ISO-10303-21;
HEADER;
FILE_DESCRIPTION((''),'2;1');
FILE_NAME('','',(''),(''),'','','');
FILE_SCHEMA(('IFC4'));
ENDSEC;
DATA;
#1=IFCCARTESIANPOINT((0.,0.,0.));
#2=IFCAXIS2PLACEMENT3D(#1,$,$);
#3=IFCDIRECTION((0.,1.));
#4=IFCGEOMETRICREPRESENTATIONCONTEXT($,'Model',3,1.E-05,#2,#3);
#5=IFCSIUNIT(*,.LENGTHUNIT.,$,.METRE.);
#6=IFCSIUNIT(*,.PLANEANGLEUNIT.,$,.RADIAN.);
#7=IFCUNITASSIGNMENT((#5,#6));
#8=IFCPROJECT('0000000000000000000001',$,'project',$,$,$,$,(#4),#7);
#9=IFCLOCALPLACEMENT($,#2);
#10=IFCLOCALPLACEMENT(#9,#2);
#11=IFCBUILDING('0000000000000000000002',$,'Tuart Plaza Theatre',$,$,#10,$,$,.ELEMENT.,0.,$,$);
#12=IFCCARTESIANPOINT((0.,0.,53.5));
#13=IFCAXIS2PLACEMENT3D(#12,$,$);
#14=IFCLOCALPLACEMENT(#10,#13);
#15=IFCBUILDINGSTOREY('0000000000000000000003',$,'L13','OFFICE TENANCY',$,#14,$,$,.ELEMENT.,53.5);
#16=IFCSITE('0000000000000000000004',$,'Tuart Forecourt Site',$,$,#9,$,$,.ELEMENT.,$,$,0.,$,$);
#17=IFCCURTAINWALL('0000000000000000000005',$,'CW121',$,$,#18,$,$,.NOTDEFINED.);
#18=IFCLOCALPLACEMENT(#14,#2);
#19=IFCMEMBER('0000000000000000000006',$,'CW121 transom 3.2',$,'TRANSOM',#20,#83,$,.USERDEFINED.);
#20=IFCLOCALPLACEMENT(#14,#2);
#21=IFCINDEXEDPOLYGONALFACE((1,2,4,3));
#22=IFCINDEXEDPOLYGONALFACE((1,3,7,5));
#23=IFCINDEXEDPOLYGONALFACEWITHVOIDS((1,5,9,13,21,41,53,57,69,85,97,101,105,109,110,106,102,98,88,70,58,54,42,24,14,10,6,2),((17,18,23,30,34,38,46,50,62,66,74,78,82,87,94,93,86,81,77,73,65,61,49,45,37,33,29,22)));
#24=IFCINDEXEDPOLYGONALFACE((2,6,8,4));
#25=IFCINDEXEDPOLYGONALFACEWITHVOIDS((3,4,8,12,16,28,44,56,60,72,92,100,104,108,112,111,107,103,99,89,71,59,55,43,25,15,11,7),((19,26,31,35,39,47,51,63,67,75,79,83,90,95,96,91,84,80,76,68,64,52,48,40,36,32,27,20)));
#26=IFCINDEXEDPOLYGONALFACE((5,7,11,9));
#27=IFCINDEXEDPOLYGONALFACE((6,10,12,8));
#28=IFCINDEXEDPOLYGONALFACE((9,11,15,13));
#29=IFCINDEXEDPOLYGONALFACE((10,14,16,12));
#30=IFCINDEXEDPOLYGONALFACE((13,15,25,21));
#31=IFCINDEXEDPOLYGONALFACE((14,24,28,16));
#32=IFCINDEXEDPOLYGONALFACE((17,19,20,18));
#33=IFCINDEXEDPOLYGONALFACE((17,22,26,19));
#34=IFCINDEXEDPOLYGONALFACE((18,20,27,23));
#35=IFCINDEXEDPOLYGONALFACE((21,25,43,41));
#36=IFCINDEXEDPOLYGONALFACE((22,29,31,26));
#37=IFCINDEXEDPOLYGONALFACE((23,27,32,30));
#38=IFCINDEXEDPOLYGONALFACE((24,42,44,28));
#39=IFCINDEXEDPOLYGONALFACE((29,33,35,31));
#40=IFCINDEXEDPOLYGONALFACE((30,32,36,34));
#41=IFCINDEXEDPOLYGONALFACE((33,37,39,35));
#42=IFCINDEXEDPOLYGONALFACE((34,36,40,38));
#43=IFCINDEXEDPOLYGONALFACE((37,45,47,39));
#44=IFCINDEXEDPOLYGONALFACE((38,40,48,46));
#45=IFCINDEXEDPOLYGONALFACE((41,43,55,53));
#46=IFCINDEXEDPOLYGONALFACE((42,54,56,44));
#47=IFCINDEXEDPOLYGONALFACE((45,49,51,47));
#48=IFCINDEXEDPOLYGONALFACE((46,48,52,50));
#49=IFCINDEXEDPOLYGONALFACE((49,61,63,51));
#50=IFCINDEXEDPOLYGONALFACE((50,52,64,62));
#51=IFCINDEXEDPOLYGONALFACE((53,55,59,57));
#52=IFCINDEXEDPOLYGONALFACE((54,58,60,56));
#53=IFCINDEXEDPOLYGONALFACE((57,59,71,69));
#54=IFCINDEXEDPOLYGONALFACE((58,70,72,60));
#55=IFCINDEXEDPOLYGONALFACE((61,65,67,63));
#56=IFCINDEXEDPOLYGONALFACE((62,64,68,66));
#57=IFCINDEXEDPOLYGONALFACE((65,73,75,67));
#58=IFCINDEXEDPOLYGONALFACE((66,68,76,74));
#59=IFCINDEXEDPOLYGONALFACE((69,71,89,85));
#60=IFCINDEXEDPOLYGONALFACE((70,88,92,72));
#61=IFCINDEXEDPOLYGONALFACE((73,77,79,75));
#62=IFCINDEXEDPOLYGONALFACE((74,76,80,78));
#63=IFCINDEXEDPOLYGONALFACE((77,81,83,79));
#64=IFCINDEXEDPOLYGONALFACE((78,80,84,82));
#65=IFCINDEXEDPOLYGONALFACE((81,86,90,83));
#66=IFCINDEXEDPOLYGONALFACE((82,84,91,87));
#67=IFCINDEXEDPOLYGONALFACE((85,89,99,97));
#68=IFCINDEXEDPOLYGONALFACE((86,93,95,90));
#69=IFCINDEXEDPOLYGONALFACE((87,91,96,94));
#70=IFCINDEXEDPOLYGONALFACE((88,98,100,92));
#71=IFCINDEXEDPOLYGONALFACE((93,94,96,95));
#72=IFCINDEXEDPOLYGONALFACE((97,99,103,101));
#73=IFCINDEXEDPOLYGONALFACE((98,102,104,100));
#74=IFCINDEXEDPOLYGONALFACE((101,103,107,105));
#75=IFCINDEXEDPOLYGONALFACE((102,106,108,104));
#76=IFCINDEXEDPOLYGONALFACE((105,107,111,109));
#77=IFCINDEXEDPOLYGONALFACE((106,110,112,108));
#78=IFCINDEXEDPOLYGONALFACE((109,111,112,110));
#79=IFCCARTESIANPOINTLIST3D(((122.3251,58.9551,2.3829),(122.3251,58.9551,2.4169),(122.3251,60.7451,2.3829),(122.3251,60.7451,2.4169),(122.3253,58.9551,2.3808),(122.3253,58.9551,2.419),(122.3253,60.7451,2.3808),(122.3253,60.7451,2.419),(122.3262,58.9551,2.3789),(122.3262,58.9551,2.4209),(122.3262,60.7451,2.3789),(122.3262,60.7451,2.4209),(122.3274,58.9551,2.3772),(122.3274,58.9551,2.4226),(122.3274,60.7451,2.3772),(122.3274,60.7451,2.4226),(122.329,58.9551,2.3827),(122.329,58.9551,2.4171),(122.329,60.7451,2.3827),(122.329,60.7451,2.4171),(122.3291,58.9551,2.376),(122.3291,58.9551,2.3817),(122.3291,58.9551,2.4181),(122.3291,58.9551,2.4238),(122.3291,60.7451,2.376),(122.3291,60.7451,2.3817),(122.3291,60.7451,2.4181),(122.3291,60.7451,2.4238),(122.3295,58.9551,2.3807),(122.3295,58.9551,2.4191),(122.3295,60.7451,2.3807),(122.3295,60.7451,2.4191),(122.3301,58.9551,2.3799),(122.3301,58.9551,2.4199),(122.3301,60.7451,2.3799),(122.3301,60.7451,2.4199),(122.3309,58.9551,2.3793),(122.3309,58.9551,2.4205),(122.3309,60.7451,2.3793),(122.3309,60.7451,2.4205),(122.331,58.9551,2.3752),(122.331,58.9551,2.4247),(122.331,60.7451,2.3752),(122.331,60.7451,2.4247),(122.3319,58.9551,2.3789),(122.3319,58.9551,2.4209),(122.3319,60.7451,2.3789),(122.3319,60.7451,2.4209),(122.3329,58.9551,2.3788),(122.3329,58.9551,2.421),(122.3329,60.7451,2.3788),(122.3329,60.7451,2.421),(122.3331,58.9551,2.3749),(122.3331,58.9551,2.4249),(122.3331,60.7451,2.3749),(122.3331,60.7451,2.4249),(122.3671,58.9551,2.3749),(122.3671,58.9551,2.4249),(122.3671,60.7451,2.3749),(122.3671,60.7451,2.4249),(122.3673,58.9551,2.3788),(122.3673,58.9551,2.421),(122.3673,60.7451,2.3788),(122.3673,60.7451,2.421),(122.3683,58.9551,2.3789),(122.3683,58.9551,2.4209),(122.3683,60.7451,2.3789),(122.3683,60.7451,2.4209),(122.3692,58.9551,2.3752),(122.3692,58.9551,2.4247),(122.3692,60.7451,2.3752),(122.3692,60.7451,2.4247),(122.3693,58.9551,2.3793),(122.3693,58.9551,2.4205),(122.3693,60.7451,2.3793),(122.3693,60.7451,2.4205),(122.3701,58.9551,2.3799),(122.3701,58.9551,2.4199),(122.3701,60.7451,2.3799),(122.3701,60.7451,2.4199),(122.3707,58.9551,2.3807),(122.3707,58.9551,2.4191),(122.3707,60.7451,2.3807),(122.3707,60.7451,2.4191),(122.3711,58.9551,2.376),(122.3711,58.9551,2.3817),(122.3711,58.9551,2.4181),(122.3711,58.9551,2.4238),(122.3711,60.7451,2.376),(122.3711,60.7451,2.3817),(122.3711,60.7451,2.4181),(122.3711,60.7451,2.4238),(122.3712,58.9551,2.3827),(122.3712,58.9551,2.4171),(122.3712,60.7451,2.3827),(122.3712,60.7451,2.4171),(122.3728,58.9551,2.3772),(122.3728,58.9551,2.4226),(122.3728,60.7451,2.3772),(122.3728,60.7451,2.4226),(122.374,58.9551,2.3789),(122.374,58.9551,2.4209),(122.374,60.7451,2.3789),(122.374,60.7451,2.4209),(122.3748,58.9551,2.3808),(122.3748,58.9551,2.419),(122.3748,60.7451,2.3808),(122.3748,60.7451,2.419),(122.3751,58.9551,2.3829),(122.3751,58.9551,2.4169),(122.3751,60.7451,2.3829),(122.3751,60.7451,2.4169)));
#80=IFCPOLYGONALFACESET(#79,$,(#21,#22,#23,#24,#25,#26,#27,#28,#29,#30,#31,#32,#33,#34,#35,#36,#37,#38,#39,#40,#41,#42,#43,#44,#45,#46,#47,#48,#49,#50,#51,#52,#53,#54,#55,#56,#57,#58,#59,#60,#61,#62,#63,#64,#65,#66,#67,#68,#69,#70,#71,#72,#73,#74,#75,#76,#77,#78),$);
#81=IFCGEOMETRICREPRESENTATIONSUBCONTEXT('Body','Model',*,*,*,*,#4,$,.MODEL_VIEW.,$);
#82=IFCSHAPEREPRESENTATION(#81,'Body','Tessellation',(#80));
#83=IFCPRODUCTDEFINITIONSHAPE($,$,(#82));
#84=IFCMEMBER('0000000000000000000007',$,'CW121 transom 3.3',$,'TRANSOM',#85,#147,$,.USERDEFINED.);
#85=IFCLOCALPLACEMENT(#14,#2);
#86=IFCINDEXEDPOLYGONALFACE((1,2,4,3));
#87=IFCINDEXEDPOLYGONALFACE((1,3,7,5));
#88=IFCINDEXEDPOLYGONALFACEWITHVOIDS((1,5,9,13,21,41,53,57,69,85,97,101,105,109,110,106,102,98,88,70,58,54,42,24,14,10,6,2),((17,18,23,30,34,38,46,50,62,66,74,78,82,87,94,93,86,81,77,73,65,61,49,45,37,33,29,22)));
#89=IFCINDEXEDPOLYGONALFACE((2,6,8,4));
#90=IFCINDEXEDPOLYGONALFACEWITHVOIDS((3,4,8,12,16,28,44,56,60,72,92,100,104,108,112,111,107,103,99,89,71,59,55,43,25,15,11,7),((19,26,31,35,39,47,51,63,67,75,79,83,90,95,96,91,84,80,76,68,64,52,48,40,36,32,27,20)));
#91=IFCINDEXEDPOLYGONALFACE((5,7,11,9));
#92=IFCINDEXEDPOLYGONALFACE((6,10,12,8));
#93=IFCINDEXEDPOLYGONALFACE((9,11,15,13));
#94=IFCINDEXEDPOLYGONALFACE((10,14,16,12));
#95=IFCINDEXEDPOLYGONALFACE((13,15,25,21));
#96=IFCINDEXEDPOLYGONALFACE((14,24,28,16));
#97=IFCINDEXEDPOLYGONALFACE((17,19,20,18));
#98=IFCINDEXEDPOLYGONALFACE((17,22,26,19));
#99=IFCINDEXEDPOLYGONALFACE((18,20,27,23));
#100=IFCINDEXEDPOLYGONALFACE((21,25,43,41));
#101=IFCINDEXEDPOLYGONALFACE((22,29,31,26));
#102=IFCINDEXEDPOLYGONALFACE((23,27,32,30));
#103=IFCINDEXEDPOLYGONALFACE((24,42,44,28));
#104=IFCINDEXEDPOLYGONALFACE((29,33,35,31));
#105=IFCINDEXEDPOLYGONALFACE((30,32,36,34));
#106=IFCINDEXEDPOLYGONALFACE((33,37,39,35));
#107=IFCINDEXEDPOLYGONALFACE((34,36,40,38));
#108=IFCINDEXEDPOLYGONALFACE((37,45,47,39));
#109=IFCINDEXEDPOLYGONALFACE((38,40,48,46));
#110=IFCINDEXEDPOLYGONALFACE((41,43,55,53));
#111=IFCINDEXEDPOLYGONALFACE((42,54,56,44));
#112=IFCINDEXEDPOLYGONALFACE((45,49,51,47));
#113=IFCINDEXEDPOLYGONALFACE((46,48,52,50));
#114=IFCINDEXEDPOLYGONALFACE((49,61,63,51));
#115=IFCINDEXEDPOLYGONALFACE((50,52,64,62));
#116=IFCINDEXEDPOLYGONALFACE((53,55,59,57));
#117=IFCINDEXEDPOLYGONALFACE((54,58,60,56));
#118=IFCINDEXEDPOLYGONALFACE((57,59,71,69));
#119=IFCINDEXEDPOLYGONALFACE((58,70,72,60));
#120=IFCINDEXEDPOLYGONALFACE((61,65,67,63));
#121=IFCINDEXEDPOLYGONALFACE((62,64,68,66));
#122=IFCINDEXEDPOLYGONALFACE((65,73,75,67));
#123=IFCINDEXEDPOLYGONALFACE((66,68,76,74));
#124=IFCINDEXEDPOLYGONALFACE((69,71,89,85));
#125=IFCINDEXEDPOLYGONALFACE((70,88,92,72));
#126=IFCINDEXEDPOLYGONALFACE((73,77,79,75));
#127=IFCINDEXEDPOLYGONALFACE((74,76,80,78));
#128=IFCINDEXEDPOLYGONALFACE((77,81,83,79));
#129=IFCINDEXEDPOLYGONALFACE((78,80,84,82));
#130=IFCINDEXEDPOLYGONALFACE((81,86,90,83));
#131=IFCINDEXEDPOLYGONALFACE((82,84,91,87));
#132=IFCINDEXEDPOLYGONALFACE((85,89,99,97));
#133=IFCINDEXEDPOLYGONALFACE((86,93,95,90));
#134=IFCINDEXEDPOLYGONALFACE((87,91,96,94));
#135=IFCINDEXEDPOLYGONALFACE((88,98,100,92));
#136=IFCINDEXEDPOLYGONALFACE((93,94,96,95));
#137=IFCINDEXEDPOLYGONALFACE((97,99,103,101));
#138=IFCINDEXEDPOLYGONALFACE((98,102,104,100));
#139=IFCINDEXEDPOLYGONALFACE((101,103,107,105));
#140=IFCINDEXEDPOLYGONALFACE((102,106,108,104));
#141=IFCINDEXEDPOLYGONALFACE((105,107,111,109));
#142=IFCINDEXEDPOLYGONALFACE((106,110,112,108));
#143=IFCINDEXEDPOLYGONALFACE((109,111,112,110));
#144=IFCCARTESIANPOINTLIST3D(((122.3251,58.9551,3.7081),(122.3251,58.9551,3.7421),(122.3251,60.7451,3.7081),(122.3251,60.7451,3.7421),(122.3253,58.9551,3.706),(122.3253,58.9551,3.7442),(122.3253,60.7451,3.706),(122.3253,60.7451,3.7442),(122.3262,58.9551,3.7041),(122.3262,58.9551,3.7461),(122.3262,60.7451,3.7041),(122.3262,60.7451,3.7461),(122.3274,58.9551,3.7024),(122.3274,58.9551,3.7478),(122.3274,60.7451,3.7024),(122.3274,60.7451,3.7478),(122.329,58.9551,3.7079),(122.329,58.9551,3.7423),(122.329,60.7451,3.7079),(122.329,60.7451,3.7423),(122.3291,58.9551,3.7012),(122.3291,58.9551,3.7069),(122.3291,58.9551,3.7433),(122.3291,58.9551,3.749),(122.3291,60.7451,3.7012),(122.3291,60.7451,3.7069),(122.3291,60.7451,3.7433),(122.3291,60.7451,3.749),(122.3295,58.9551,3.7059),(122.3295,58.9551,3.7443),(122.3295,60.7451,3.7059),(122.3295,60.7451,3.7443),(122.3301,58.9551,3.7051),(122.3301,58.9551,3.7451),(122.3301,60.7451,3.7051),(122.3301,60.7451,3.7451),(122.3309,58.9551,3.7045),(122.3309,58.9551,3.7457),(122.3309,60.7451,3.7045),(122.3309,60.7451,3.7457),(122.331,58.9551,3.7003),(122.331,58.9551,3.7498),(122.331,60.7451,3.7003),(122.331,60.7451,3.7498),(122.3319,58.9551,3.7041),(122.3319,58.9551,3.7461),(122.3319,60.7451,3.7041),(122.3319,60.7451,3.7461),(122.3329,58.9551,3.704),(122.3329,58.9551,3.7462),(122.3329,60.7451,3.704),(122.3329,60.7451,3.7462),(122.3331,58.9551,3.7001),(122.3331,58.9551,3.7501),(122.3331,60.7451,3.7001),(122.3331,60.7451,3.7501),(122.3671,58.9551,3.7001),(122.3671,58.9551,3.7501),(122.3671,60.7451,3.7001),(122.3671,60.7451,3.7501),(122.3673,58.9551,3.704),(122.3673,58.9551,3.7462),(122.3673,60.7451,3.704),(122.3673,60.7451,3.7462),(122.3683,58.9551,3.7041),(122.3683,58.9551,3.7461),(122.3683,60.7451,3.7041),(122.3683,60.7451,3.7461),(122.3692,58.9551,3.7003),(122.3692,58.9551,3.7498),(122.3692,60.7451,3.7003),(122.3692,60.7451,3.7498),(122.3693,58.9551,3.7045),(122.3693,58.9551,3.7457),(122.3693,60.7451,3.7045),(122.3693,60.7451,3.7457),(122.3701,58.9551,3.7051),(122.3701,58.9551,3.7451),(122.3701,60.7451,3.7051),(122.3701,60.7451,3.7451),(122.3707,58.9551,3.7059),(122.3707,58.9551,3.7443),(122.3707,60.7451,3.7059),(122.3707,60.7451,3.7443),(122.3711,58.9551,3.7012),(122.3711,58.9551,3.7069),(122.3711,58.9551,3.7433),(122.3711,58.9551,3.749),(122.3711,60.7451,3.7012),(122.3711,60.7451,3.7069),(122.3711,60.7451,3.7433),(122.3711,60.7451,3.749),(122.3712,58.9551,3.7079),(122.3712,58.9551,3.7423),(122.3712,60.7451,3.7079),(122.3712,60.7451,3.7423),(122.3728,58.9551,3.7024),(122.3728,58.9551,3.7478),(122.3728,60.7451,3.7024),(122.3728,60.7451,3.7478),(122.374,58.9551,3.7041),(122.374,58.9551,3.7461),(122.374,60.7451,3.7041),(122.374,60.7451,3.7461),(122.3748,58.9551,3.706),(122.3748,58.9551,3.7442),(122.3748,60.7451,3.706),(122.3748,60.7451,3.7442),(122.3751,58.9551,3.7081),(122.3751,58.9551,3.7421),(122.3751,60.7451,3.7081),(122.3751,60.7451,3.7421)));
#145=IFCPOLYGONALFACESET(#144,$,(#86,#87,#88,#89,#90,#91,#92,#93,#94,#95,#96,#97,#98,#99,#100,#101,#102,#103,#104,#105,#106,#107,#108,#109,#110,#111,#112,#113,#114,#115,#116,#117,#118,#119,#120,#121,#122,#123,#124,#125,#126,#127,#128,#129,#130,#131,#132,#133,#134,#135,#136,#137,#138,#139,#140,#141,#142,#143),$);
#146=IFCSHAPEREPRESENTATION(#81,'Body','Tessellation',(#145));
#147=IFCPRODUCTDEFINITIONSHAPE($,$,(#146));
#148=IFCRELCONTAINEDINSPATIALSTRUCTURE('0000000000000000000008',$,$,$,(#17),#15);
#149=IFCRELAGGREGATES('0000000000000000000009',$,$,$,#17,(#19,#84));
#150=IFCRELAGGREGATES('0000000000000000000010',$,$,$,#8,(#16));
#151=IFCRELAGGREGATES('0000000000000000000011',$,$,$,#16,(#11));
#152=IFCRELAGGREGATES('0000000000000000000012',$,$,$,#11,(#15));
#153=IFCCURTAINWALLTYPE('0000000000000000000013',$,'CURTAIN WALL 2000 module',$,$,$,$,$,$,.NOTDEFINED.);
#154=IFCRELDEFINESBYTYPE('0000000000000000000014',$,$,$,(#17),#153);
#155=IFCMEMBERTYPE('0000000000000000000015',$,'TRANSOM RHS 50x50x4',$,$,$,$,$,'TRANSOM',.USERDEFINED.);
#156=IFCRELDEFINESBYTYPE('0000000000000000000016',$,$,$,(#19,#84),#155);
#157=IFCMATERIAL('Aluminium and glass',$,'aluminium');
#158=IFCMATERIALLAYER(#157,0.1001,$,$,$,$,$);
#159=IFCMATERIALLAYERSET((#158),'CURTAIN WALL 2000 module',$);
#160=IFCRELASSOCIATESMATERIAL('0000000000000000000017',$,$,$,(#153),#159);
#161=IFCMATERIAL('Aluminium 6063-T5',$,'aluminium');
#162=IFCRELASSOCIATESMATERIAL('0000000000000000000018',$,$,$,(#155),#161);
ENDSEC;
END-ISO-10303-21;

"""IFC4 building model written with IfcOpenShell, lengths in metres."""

from ifc_helpers import new_model, si_unit, direction, frame, origin, origin_2d, place, context, subcontext, project, spatial, hollow_rectangle, extrude, material, layer, layer_set, material_profile, profile_set, type_object, element, aggregate, save


model = new_model("IFC4")

# Units and contexts
model_context = context("Model", 3, precision=1e-05, world=origin(), true_north=direction((0.0, 1.0)))
body_context = subcontext(model_context, "Body", "Model", "MODEL_VIEW")
ifc_project = project(units=[si_unit("LENGTHUNIT", "METRE"), si_unit("PLANEANGLEUNIT", "RADIAN")], contexts=[model_context])

# Site, building, storey
site_placement = place(None, origin())
site = spatial("IfcSite", under=ifc_project, at=site_placement, Name="Tuart Forecourt Site", CompositionType="ELEMENT", RefElevation=0.0)
building_placement = place(site_placement, origin())
building = spatial("IfcBuilding", under=site, at=building_placement, Name="Tuart Plaza Theatre", CompositionType="ELEMENT", ElevationOfRefHeight=0.0)
storey_placement = place(building_placement, frame((0.0, 0.0, 53.5)))
storey = spatial("IfcBuildingStorey", under=building, at=storey_placement, Name="L13", Description="OFFICE TENANCY", CompositionType="ELEMENT", Elevation=53.5)

# Curtain wall
ifc_material_1 = material(Name="Aluminium and glass", Category="aluminium")
ifc_layer_1 = layer(ifc_material_1, 0.1001)
ifc_layer_set_1 = layer_set([ifc_layer_1], Name="CURTAIN WALL 2000 module")
curtain_wall_type = type_object("IfcCurtainWallType", Name="CURTAIN WALL 2000 module", PredefinedType="NOTDEFINED", material=ifc_layer_set_1)
curtain_wall_1_placement = place(storey_placement, origin())
curtain_wall_1 = element("IfcCurtainWall", 1, at=curtain_wall_1_placement, inside=storey, type_object=curtain_wall_type, Name="CW121", PredefinedType="NOTDEFINED")

# Members
ifc_material_2 = material(Name="Aluminium 6063-T5", Category="aluminium")
ifc_material_profile_1 = material_profile(ifc_material_2, hollow_rectangle(XDim=0.05, YDim=0.05, WallThickness=0.0039, InnerFilletRadius=0.0039, OuterFilletRadius=0.0081, at=origin_2d()), Name="RHS 50x50x4")
ifc_profile_set_1 = profile_set([ifc_material_profile_1], Name="Aluminium 6063-T5")
member_type_1 = type_object("IfcMemberType", Name="TRANSOM RHS 50x50x4", ElementType="TRANSOM", PredefinedType="USERDEFINED", material=ifc_profile_set_1)
member_1_placement = place(storey_placement, frame((122.3501, 60.7451, 2.3999), z_axis=(0.0, -1.0, 0.0), x_axis=(1.0, 0.0, 0.0)))
member_1 = element("IfcMember", 2, at=member_1_placement, type_object=member_type_1, Name="CW121 transom 3.2", ObjectType="TRANSOM", PredefinedType="USERDEFINED", context=body_context, shape_type="SweptSolid", body=[
    extrude(hollow_rectangle(XDim=0.05, YDim=0.05, WallThickness=0.0039, InnerFilletRadius=0.0039, OuterFilletRadius=0.0081, at=origin_2d()), origin(), (0.0, 0.0, 1.0), 1.79),
])
member_2_placement = place(storey_placement, frame((122.3501, 60.7451, 3.7251), z_axis=(0.0, -1.0, 0.0), x_axis=(1.0, 0.0, 0.0)))
member_2 = element("IfcMember", 3, at=member_2_placement, type_object=member_type_1, Name="CW121 transom 3.3", ObjectType="TRANSOM", PredefinedType="USERDEFINED", context=body_context, shape_type="SweptSolid", body=[
    extrude(hollow_rectangle(XDim=0.05, YDim=0.05, WallThickness=0.0039, InnerFilletRadius=0.0039, OuterFilletRadius=0.0081, at=origin_2d()), origin(), (0.0, 0.0, 1.0), 1.79),
])

aggregate(curtain_wall_1, [member_1, member_2])

save(model, "model.ifc")
